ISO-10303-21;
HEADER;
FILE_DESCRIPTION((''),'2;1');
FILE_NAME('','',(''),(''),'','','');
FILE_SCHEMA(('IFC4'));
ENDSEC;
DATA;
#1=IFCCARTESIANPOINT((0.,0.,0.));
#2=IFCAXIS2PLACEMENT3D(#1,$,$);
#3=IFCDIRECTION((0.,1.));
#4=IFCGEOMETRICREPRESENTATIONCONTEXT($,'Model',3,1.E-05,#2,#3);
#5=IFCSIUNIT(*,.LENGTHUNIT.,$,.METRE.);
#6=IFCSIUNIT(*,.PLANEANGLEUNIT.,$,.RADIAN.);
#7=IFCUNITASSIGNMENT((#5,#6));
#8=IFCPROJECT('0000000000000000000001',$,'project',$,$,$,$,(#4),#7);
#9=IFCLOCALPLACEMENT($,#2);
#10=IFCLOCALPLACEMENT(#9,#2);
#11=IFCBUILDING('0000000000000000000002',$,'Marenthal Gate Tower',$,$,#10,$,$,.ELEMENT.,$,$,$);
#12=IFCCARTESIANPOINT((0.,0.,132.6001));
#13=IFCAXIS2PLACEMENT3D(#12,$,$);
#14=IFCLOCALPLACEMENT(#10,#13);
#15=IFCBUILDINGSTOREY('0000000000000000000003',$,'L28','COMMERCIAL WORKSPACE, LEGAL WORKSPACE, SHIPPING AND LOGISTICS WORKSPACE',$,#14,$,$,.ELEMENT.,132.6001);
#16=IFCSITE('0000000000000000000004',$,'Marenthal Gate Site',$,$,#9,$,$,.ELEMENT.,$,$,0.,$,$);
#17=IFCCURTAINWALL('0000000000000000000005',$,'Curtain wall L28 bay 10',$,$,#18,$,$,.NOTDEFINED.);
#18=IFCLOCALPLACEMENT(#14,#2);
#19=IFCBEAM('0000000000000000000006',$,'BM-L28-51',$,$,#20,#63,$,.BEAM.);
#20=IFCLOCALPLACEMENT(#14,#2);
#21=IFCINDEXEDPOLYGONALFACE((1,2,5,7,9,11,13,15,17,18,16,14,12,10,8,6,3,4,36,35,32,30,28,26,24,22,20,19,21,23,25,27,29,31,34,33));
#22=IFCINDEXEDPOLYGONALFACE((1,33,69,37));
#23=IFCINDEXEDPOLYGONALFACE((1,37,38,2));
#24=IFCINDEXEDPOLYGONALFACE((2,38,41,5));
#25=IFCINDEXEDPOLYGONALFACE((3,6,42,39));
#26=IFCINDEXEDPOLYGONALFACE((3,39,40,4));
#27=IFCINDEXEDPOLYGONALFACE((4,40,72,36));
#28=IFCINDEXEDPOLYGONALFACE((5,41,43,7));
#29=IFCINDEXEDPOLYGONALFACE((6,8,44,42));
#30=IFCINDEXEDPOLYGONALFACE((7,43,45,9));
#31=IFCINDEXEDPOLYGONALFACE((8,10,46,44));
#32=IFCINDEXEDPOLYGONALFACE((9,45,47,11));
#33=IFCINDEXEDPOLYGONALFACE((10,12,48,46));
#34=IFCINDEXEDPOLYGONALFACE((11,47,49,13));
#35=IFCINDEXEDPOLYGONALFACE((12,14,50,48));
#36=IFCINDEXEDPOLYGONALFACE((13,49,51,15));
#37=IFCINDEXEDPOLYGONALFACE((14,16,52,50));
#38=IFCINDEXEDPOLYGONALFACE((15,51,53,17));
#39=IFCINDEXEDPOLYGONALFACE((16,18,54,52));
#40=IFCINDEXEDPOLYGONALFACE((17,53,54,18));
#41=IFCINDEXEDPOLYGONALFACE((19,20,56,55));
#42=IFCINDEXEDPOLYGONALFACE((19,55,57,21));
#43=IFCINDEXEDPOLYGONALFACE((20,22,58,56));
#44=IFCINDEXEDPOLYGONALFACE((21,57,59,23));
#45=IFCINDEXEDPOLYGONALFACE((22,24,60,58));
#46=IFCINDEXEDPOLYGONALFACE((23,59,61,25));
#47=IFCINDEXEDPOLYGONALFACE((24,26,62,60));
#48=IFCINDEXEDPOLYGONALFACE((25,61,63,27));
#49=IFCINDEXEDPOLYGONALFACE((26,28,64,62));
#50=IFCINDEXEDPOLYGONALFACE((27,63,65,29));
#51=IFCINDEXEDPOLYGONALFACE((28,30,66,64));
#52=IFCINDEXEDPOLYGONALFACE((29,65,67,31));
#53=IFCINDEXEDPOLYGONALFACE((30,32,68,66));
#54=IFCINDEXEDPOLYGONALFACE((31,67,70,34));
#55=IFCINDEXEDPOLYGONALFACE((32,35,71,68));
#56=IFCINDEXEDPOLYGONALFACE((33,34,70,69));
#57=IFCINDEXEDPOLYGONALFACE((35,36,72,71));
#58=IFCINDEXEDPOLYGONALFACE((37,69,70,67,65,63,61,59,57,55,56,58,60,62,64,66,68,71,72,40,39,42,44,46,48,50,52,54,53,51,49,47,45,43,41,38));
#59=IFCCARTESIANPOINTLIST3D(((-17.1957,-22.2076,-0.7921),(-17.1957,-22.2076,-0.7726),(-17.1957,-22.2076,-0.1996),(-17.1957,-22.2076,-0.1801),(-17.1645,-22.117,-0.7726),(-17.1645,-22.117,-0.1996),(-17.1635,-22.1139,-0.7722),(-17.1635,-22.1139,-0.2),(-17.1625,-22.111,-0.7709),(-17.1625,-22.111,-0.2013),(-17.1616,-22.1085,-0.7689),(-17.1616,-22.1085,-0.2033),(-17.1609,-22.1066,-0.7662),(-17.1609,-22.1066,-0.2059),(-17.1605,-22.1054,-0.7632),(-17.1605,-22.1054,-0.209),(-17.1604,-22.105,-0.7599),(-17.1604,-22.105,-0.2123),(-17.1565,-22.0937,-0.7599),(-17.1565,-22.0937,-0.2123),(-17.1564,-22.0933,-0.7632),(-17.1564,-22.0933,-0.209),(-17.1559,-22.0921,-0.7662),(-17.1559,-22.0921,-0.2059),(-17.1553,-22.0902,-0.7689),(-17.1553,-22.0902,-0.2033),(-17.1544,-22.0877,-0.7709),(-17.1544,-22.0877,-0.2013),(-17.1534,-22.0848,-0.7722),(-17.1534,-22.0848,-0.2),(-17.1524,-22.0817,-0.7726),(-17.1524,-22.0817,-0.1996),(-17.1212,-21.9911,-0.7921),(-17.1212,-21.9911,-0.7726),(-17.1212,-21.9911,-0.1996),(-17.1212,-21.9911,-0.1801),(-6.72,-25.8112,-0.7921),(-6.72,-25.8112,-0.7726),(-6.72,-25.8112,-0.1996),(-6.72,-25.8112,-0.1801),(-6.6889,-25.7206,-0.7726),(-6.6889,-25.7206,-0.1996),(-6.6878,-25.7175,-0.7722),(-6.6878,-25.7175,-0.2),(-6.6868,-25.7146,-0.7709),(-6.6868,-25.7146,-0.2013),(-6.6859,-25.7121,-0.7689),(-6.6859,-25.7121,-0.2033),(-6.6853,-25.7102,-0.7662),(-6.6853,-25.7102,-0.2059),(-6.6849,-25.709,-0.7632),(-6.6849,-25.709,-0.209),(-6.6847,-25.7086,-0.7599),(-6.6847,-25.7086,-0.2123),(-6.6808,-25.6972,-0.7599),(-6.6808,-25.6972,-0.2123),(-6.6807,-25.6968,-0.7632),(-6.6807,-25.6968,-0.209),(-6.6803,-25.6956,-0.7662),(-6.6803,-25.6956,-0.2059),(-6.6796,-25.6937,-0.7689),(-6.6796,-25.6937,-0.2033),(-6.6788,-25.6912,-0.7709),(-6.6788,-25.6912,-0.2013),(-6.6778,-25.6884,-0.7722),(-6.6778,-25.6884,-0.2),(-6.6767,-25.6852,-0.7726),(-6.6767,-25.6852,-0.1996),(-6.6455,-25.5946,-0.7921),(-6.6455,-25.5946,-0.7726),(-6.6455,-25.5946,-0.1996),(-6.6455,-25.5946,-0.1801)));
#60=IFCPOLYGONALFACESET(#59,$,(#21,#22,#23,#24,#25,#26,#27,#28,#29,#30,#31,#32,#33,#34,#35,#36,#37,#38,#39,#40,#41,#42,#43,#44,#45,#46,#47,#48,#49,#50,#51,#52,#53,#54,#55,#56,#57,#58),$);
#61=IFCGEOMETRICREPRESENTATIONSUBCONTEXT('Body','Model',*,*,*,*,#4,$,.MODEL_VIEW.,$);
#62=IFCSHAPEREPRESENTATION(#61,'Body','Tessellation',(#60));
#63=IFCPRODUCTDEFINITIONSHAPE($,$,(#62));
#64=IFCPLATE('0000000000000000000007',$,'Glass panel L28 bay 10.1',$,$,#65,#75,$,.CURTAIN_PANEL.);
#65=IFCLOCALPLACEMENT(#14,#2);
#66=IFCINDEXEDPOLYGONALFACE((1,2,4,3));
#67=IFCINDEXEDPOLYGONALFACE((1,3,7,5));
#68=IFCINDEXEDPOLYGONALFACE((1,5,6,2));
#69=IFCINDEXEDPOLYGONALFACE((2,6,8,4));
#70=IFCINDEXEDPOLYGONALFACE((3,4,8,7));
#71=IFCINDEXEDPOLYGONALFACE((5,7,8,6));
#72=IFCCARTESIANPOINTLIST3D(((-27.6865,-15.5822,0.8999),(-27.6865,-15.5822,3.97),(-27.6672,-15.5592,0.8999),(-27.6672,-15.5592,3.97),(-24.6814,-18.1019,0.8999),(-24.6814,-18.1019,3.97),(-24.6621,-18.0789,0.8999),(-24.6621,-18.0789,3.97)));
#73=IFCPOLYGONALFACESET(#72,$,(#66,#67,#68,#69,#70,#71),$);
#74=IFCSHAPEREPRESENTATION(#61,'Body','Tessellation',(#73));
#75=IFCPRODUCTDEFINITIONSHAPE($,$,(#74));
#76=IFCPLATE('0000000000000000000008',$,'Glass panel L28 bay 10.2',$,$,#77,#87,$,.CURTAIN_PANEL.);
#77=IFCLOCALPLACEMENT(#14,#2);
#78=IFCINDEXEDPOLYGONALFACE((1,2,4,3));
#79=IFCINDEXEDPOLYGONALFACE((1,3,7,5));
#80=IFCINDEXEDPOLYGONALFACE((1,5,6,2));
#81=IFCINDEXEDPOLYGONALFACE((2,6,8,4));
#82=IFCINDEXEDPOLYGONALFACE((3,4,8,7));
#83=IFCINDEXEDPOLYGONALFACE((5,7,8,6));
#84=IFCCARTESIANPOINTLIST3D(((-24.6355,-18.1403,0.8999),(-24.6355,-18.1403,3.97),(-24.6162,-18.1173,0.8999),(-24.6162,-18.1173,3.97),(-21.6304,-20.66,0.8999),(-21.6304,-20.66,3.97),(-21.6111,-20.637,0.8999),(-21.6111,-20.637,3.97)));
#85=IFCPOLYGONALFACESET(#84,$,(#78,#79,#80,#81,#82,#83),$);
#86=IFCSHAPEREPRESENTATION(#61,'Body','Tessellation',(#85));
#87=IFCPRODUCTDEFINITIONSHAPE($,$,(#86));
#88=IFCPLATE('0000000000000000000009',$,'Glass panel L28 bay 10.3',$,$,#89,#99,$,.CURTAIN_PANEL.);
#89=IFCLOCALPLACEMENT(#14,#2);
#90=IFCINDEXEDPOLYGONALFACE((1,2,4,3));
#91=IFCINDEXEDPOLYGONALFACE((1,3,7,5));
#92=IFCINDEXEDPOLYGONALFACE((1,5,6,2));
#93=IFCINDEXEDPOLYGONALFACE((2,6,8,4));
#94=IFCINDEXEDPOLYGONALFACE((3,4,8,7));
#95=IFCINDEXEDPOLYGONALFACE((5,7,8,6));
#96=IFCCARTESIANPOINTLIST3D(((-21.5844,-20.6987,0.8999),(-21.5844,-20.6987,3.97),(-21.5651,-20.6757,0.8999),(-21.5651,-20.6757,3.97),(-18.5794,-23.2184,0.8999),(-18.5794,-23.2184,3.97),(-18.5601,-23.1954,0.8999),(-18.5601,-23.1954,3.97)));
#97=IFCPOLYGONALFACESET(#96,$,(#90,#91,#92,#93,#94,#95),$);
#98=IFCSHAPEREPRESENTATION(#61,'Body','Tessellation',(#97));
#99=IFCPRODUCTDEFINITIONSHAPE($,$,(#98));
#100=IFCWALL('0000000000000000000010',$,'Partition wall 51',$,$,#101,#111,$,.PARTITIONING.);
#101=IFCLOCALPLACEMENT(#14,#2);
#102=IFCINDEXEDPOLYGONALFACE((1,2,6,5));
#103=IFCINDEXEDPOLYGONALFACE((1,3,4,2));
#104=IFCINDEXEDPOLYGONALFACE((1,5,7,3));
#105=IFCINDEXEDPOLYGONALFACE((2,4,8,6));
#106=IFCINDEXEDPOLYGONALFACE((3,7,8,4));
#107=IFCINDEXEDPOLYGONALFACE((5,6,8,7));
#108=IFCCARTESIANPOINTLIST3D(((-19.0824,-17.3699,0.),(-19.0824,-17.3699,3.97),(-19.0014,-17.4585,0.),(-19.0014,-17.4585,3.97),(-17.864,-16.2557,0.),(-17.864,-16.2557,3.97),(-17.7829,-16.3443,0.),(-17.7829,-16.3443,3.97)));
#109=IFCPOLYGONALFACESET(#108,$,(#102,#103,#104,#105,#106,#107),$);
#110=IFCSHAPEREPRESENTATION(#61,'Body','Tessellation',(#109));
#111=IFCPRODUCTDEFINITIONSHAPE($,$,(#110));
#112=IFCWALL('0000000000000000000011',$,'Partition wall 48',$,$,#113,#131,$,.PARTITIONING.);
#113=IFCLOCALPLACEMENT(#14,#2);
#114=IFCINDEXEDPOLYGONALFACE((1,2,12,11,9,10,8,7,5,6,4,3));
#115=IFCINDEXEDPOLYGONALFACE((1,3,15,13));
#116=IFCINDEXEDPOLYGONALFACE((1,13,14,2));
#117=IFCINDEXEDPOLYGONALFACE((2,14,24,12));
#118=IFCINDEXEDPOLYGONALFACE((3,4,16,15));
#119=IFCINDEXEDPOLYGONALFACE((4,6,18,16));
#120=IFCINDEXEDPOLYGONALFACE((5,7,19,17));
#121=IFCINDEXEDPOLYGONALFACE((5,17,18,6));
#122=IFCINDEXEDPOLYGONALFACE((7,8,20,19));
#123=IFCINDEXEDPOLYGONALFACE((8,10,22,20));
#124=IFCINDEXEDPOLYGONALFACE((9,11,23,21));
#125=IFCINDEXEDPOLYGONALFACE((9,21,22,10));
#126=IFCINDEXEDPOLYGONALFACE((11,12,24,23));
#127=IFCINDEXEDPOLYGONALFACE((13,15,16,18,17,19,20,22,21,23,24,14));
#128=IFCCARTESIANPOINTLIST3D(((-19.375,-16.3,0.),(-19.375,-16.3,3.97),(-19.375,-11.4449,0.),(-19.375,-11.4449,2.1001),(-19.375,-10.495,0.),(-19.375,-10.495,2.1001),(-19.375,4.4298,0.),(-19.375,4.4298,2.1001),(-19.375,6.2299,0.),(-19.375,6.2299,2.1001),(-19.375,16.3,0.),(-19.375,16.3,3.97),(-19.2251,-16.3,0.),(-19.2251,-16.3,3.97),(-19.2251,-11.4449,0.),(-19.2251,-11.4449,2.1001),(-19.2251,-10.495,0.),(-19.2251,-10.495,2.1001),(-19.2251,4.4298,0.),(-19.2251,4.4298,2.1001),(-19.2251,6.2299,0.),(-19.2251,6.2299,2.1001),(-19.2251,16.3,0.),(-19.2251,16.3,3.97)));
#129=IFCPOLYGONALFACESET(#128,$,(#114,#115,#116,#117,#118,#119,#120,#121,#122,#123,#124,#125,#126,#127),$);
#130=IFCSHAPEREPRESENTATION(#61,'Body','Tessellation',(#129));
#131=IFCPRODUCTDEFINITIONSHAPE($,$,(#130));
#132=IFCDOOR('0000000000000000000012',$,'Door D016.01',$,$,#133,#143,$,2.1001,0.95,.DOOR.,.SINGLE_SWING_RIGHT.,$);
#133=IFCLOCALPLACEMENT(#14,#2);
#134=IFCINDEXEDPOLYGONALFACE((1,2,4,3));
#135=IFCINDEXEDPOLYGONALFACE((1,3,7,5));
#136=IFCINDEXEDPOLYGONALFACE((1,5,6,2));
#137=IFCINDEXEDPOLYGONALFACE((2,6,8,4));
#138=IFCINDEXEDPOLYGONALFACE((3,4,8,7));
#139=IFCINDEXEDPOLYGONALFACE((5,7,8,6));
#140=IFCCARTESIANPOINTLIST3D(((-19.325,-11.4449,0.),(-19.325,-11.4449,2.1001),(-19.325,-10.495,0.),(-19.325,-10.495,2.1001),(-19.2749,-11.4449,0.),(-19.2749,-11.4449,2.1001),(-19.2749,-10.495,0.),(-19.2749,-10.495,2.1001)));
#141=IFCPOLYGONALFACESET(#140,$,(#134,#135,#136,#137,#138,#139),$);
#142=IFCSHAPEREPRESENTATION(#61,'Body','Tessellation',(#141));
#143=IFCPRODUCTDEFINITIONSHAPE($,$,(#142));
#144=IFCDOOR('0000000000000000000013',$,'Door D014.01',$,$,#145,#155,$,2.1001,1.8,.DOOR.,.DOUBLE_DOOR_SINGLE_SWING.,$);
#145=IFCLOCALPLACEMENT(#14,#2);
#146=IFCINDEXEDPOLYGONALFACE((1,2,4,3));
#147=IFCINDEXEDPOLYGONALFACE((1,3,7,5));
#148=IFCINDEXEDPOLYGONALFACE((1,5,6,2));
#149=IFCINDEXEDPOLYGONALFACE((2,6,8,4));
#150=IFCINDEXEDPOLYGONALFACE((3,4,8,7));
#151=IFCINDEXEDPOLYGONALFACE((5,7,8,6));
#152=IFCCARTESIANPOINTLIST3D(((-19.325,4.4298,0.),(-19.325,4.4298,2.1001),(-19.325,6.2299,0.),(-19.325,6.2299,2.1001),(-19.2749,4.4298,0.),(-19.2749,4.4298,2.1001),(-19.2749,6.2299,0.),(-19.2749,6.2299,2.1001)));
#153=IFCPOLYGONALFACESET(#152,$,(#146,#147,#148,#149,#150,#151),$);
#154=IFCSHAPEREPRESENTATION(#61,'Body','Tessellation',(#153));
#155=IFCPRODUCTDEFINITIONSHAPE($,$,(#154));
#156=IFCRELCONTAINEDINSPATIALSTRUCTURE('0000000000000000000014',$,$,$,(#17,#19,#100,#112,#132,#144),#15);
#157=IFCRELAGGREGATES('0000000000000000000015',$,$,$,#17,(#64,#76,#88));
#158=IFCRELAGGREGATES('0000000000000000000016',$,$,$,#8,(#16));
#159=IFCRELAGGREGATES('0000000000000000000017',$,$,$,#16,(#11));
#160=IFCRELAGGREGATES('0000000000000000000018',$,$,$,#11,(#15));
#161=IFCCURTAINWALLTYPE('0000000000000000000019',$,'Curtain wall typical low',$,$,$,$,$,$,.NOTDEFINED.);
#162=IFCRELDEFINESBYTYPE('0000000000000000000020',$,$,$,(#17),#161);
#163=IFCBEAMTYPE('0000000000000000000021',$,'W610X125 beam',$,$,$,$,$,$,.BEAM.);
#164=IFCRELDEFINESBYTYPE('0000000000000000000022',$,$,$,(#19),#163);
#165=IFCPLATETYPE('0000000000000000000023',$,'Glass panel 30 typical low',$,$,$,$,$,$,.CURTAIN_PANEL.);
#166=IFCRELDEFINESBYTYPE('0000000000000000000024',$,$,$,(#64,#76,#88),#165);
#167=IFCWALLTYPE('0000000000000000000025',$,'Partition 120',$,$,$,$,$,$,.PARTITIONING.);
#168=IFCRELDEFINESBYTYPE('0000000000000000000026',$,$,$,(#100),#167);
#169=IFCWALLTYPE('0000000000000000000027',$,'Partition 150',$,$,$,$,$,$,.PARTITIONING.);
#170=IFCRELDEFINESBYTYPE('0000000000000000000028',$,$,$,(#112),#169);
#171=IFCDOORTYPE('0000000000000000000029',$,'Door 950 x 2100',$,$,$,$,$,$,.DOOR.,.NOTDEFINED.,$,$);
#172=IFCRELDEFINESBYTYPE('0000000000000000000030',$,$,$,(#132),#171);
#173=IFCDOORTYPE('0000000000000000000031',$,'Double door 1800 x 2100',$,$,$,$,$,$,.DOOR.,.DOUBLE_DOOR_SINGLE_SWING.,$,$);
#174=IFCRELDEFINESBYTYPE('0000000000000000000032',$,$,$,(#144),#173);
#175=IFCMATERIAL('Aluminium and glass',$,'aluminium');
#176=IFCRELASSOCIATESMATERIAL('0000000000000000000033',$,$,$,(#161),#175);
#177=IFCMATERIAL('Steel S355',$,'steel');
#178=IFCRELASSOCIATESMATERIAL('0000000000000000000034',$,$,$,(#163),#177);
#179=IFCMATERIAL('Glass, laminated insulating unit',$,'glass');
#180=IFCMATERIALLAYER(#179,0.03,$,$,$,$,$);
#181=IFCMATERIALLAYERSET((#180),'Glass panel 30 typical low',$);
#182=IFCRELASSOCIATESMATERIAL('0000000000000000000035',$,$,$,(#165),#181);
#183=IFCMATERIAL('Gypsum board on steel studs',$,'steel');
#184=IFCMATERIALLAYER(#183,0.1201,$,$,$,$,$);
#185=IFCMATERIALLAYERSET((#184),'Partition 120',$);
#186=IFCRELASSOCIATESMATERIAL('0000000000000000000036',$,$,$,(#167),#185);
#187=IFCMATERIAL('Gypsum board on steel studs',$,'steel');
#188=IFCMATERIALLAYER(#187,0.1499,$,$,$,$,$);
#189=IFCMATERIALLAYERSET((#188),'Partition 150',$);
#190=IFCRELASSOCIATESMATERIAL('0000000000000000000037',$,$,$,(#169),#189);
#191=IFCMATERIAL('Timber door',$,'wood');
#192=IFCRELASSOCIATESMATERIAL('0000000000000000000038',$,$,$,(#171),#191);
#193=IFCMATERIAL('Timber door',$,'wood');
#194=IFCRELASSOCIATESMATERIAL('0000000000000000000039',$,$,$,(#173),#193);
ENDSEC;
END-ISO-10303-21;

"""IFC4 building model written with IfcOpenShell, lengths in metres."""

from ifc_helpers import new_model, si_unit, direction, frame, frame_2d, origin, origin_2d, place, context, subcontext, project, spatial, rectangle, i_section, extrude, material, layer, layer_set, material_profile, profile_set, type_object, element, fill, aggregate, save


model = new_model("IFC4")

# Units and contexts
model_context = context("Model", 3, precision=1e-05, world=origin(), true_north=direction((0.0, 1.0)))
body_context = subcontext(model_context, "Body", "Model", "MODEL_VIEW")
ifc_project = project(units=[si_unit("LENGTHUNIT", "METRE"), si_unit("PLANEANGLEUNIT", "RADIAN")], contexts=[model_context])

# Site, building, storey
site_placement = place(None, origin())
site = spatial("IfcSite", under=ifc_project, at=site_placement, Name="Marenthal Gate Site", CompositionType="ELEMENT", RefElevation=0.0)
building_placement = place(site_placement, origin())
building = spatial("IfcBuilding", under=site, at=building_placement, Name="Marenthal Gate Tower", CompositionType="ELEMENT")
storey_placement = place(building_placement, frame((0.0, 0.0, 132.6001)))
storey = spatial("IfcBuildingStorey", under=building, at=storey_placement, Name="L28", Description="COMMERCIAL WORKSPACE, LEGAL WORKSPACE, SHIPPING AND LOGISTICS WORKSPACE", CompositionType="ELEMENT", Elevation=132.6001)

# Curtain wall
ifc_material_1 = material(Name="Aluminium and glass", Category="aluminium")
curtain_wall_type = type_object("IfcCurtainWallType", Name="Curtain wall typical low", PredefinedType="NOTDEFINED", material=ifc_material_1)
curtain_wall_placement = place(storey_placement, origin())
curtain_wall = element("IfcCurtainWall", 1, at=curtain_wall_placement, inside=storey, type_object=curtain_wall_type, Name="Curtain wall L28 bay 10", PredefinedType="NOTDEFINED")

# Beam
ifc_material_2 = material(Name="Steel S355", Category="steel")
ifc_material_profile_1 = material_profile(ifc_material_2, i_section(OverallWidth=0.229, OverallDepth=0.6121, WebThickness=0.012, FlangeThickness=0.0195, FilletRadius=0.0127, at=origin_2d()), Name="W610X125")
ifc_profile_set_1 = profile_set([ifc_material_profile_1], Name="Steel S355")
beam_type_1 = type_object("IfcBeamType", Name="W610X125 beam", PredefinedType="BEAM", material=ifc_profile_set_1)
beam_1_placement = place(storey_placement, frame((-17.1584, -22.0994, -0.4861), z_axis=(0.945616, -0.325284, 0.0), x_axis=(0.325284, 0.945616, 0.0)))
element("IfcBeam", 2, at=beam_1_placement, inside=storey, type_object=beam_type_1, Name="BM-L28-51", PredefinedType="BEAM", context=body_context, shape_type="SweptSolid", body=[
    extrude(i_section(OverallWidth=0.229, OverallDepth=0.6121, WebThickness=0.012, FlangeThickness=0.0195, FilletRadius=0.0127, at=origin_2d()), origin(), (0.0, 0.0, 1.0), 11.0781),
])

# Plates
ifc_material_3 = material(Name="Glass, laminated insulating unit", Category="glass")
ifc_layer_1 = layer(ifc_material_3, 0.03)
ifc_layer_set_1 = layer_set([ifc_layer_1], Name="Glass panel 30 typical low")
plate_type = type_object("IfcPlateType", Name="Glass panel 30 typical low", PredefinedType="CURTAIN_PANEL", material=ifc_layer_set_1)
plate_1_placement = place(storey_placement, frame((-26.1743, -16.8306, 0.8999), z_axis=(0.0, 0.0, 1.0), x_axis=(0.766277, -0.642511, 0.0)))
plate_1 = element("IfcPlate", 3, at=plate_1_placement, type_object=plate_type, Name="Glass panel L28 bay 10.1", PredefinedType="CURTAIN_PANEL", context=body_context, shape_type="SweptSolid", body=[
    extrude(rectangle(XDim=3.9216, YDim=0.03, at=origin_2d()), origin(), (0.0, 0.0, 1.0), 3.0701),
])
plate_2_placement = place(storey_placement, frame((-23.1233, -19.3887, 0.8999), z_axis=(0.0, 0.0, 1.0), x_axis=(0.766277, -0.642511, 0.0)))
plate_2 = element("IfcPlate", 4, at=plate_2_placement, type_object=plate_type, Name="Glass panel L28 bay 10.2", PredefinedType="CURTAIN_PANEL", context=body_context, shape_type="SweptSolid", body=[
    extrude(rectangle(XDim=3.9216, YDim=0.03, at=origin_2d()), origin(), (0.0, 0.0, 1.0), 3.0701),
])
plate_3_placement = place(storey_placement, frame((-20.0723, -21.947, 0.8999), z_axis=(0.0, 0.0, 1.0), x_axis=(0.766277, -0.642511, 0.0)))
plate_3 = element("IfcPlate", 5, at=plate_3_placement, type_object=plate_type, Name="Glass panel L28 bay 10.3", PredefinedType="CURTAIN_PANEL", context=body_context, shape_type="SweptSolid", body=[
    extrude(rectangle(XDim=3.9216, YDim=0.03, at=origin_2d()), origin(), (0.0, 0.0, 1.0), 3.0701),
])
aggregate(curtain_wall, [plate_1, plate_2, plate_3])

# Wall
ifc_material_4 = material(Name="Gypsum board on steel studs", Category="steel")
ifc_layer_2 = layer(ifc_material_4, 0.1201)
ifc_layer_set_2 = layer_set([ifc_layer_2], Name="Partition 120")
wall_type_1 = type_object("IfcWallType", Name="Partition 120", PredefinedType="PARTITIONING", material=ifc_layer_set_2)
wall_1_placement = place(storey_placement, frame((-19.042, -17.4143, 0.0), z_axis=(0.0, 0.0, 1.0), x_axis=(0.73797, 0.674834, 0.0)))
element("IfcWall", 6, at=wall_1_placement, inside=storey, type_object=wall_type_1, Name="Partition wall 51", PredefinedType="PARTITIONING", context=body_context, shape_type="SweptSolid", body=[
    extrude(rectangle(XDim=1.6511, YDim=0.1201, at=frame_2d((0.8257, 0.0))), origin(), (0.0, 0.0, 1.0), 3.97),
])

# Wall, openings, doors
ifc_material_5 = material(Name="Gypsum board on steel studs", Category="steel")
ifc_layer_3 = layer(ifc_material_5, 0.1499)
ifc_layer_set_3 = layer_set([ifc_layer_3], Name="Partition 150")
wall_type_2 = type_object("IfcWallType", Name="Partition 150", PredefinedType="PARTITIONING", material=ifc_layer_set_3)
wall_2_placement = place(storey_placement, frame((-19.3, -16.3, 0.0), z_axis=(0.0, 0.0, 1.0), x_axis=(0.0, 1.0, 0.0)))
wall_2 = element("IfcWall", 7, at=wall_2_placement, inside=storey, type_object=wall_type_2, Name="Partition wall 48", PredefinedType="PARTITIONING", context=body_context, shape_type="SweptSolid", body=[
    extrude(rectangle(XDim=32.6001, YDim=0.1499, at=frame_2d((16.3, 0.0))), origin(), (0.0, 0.0, 1.0), 3.97),
])
opening_1_placement = place(wall_2_placement, frame((20.73, 0.0, 0.0)))
opening_1 = element("IfcOpeningElement", 8, at=opening_1_placement, cuts=wall_2, PredefinedType="OPENING", context=body_context, shape_type="SweptSolid", body=[
    extrude(rectangle(XDim=1.8, YDim=2.1001, at=frame_2d((0.8999, 1.05))), frame((0.0, 0.085, 0.0), z_axis=(0.0, -1.0, 0.0), x_axis=(1.0, 0.0, 0.0)), (0.0, 0.0, 1.0), 0.1699),
])
opening_2_placement = place(wall_2_placement, frame((4.855, 0.0, 0.0)))
opening_2 = element("IfcOpeningElement", 9, at=opening_2_placement, cuts=wall_2, PredefinedType="OPENING", context=body_context, shape_type="SweptSolid", body=[
    extrude(rectangle(XDim=0.95, YDim=2.1001, at=frame_2d((0.4751, 1.05))), frame((0.0, 0.085, 0.0), z_axis=(0.0, -1.0, 0.0), x_axis=(1.0, 0.0, 0.0)), (0.0, 0.0, 1.0), 0.1699),
])
ifc_material_6 = material(Name="Timber door", Category="wood")
door_type_1 = type_object("IfcDoorType", Name="Door 950 x 2100", OperationType="NOTDEFINED", PredefinedType="DOOR", material=ifc_material_6)
door_1_placement = place(opening_2_placement, origin())
door_1 = element("IfcDoor", 10, at=door_1_placement, inside=storey, type_object=door_type_1, Name="Door D016.01", OperationType="SINGLE_SWING_RIGHT", OverallHeight=2.1001, OverallWidth=0.95, PredefinedType="DOOR", context=body_context, shape_type="SweptSolid", body=[
    extrude(rectangle(XDim=0.95, YDim=2.1001, at=frame_2d((0.4751, 1.05))), frame((0.0, 0.0249, 0.0), z_axis=(0.0, -1.0, 0.0), x_axis=(1.0, 0.0, 0.0)), (0.0, 0.0, 1.0), 0.05),
])
fill(opening_2, door_1)
ifc_material_7 = material(Name="Timber door", Category="wood")
door_type_2 = type_object("IfcDoorType", Name="Double door 1800 x 2100", OperationType="DOUBLE_DOOR_SINGLE_SWING", PredefinedType="DOOR", material=ifc_material_7)
door_2_placement = place(opening_1_placement, origin())
door_2 = element("IfcDoor", 11, at=door_2_placement, inside=storey, type_object=door_type_2, Name="Door D014.01", OperationType="DOUBLE_DOOR_SINGLE_SWING", OverallHeight=2.1001, OverallWidth=1.8, PredefinedType="DOOR", context=body_context, shape_type="SweptSolid", body=[
    extrude(rectangle(XDim=1.8, YDim=2.1001, at=frame_2d((0.8999, 1.05))), frame((0.0, 0.0249, 0.0), z_axis=(0.0, -1.0, 0.0), x_axis=(1.0, 0.0, 0.0)), (0.0, 0.0, 1.0), 0.05),
])
fill(opening_1, door_2)

save(model, "model.ifc")
